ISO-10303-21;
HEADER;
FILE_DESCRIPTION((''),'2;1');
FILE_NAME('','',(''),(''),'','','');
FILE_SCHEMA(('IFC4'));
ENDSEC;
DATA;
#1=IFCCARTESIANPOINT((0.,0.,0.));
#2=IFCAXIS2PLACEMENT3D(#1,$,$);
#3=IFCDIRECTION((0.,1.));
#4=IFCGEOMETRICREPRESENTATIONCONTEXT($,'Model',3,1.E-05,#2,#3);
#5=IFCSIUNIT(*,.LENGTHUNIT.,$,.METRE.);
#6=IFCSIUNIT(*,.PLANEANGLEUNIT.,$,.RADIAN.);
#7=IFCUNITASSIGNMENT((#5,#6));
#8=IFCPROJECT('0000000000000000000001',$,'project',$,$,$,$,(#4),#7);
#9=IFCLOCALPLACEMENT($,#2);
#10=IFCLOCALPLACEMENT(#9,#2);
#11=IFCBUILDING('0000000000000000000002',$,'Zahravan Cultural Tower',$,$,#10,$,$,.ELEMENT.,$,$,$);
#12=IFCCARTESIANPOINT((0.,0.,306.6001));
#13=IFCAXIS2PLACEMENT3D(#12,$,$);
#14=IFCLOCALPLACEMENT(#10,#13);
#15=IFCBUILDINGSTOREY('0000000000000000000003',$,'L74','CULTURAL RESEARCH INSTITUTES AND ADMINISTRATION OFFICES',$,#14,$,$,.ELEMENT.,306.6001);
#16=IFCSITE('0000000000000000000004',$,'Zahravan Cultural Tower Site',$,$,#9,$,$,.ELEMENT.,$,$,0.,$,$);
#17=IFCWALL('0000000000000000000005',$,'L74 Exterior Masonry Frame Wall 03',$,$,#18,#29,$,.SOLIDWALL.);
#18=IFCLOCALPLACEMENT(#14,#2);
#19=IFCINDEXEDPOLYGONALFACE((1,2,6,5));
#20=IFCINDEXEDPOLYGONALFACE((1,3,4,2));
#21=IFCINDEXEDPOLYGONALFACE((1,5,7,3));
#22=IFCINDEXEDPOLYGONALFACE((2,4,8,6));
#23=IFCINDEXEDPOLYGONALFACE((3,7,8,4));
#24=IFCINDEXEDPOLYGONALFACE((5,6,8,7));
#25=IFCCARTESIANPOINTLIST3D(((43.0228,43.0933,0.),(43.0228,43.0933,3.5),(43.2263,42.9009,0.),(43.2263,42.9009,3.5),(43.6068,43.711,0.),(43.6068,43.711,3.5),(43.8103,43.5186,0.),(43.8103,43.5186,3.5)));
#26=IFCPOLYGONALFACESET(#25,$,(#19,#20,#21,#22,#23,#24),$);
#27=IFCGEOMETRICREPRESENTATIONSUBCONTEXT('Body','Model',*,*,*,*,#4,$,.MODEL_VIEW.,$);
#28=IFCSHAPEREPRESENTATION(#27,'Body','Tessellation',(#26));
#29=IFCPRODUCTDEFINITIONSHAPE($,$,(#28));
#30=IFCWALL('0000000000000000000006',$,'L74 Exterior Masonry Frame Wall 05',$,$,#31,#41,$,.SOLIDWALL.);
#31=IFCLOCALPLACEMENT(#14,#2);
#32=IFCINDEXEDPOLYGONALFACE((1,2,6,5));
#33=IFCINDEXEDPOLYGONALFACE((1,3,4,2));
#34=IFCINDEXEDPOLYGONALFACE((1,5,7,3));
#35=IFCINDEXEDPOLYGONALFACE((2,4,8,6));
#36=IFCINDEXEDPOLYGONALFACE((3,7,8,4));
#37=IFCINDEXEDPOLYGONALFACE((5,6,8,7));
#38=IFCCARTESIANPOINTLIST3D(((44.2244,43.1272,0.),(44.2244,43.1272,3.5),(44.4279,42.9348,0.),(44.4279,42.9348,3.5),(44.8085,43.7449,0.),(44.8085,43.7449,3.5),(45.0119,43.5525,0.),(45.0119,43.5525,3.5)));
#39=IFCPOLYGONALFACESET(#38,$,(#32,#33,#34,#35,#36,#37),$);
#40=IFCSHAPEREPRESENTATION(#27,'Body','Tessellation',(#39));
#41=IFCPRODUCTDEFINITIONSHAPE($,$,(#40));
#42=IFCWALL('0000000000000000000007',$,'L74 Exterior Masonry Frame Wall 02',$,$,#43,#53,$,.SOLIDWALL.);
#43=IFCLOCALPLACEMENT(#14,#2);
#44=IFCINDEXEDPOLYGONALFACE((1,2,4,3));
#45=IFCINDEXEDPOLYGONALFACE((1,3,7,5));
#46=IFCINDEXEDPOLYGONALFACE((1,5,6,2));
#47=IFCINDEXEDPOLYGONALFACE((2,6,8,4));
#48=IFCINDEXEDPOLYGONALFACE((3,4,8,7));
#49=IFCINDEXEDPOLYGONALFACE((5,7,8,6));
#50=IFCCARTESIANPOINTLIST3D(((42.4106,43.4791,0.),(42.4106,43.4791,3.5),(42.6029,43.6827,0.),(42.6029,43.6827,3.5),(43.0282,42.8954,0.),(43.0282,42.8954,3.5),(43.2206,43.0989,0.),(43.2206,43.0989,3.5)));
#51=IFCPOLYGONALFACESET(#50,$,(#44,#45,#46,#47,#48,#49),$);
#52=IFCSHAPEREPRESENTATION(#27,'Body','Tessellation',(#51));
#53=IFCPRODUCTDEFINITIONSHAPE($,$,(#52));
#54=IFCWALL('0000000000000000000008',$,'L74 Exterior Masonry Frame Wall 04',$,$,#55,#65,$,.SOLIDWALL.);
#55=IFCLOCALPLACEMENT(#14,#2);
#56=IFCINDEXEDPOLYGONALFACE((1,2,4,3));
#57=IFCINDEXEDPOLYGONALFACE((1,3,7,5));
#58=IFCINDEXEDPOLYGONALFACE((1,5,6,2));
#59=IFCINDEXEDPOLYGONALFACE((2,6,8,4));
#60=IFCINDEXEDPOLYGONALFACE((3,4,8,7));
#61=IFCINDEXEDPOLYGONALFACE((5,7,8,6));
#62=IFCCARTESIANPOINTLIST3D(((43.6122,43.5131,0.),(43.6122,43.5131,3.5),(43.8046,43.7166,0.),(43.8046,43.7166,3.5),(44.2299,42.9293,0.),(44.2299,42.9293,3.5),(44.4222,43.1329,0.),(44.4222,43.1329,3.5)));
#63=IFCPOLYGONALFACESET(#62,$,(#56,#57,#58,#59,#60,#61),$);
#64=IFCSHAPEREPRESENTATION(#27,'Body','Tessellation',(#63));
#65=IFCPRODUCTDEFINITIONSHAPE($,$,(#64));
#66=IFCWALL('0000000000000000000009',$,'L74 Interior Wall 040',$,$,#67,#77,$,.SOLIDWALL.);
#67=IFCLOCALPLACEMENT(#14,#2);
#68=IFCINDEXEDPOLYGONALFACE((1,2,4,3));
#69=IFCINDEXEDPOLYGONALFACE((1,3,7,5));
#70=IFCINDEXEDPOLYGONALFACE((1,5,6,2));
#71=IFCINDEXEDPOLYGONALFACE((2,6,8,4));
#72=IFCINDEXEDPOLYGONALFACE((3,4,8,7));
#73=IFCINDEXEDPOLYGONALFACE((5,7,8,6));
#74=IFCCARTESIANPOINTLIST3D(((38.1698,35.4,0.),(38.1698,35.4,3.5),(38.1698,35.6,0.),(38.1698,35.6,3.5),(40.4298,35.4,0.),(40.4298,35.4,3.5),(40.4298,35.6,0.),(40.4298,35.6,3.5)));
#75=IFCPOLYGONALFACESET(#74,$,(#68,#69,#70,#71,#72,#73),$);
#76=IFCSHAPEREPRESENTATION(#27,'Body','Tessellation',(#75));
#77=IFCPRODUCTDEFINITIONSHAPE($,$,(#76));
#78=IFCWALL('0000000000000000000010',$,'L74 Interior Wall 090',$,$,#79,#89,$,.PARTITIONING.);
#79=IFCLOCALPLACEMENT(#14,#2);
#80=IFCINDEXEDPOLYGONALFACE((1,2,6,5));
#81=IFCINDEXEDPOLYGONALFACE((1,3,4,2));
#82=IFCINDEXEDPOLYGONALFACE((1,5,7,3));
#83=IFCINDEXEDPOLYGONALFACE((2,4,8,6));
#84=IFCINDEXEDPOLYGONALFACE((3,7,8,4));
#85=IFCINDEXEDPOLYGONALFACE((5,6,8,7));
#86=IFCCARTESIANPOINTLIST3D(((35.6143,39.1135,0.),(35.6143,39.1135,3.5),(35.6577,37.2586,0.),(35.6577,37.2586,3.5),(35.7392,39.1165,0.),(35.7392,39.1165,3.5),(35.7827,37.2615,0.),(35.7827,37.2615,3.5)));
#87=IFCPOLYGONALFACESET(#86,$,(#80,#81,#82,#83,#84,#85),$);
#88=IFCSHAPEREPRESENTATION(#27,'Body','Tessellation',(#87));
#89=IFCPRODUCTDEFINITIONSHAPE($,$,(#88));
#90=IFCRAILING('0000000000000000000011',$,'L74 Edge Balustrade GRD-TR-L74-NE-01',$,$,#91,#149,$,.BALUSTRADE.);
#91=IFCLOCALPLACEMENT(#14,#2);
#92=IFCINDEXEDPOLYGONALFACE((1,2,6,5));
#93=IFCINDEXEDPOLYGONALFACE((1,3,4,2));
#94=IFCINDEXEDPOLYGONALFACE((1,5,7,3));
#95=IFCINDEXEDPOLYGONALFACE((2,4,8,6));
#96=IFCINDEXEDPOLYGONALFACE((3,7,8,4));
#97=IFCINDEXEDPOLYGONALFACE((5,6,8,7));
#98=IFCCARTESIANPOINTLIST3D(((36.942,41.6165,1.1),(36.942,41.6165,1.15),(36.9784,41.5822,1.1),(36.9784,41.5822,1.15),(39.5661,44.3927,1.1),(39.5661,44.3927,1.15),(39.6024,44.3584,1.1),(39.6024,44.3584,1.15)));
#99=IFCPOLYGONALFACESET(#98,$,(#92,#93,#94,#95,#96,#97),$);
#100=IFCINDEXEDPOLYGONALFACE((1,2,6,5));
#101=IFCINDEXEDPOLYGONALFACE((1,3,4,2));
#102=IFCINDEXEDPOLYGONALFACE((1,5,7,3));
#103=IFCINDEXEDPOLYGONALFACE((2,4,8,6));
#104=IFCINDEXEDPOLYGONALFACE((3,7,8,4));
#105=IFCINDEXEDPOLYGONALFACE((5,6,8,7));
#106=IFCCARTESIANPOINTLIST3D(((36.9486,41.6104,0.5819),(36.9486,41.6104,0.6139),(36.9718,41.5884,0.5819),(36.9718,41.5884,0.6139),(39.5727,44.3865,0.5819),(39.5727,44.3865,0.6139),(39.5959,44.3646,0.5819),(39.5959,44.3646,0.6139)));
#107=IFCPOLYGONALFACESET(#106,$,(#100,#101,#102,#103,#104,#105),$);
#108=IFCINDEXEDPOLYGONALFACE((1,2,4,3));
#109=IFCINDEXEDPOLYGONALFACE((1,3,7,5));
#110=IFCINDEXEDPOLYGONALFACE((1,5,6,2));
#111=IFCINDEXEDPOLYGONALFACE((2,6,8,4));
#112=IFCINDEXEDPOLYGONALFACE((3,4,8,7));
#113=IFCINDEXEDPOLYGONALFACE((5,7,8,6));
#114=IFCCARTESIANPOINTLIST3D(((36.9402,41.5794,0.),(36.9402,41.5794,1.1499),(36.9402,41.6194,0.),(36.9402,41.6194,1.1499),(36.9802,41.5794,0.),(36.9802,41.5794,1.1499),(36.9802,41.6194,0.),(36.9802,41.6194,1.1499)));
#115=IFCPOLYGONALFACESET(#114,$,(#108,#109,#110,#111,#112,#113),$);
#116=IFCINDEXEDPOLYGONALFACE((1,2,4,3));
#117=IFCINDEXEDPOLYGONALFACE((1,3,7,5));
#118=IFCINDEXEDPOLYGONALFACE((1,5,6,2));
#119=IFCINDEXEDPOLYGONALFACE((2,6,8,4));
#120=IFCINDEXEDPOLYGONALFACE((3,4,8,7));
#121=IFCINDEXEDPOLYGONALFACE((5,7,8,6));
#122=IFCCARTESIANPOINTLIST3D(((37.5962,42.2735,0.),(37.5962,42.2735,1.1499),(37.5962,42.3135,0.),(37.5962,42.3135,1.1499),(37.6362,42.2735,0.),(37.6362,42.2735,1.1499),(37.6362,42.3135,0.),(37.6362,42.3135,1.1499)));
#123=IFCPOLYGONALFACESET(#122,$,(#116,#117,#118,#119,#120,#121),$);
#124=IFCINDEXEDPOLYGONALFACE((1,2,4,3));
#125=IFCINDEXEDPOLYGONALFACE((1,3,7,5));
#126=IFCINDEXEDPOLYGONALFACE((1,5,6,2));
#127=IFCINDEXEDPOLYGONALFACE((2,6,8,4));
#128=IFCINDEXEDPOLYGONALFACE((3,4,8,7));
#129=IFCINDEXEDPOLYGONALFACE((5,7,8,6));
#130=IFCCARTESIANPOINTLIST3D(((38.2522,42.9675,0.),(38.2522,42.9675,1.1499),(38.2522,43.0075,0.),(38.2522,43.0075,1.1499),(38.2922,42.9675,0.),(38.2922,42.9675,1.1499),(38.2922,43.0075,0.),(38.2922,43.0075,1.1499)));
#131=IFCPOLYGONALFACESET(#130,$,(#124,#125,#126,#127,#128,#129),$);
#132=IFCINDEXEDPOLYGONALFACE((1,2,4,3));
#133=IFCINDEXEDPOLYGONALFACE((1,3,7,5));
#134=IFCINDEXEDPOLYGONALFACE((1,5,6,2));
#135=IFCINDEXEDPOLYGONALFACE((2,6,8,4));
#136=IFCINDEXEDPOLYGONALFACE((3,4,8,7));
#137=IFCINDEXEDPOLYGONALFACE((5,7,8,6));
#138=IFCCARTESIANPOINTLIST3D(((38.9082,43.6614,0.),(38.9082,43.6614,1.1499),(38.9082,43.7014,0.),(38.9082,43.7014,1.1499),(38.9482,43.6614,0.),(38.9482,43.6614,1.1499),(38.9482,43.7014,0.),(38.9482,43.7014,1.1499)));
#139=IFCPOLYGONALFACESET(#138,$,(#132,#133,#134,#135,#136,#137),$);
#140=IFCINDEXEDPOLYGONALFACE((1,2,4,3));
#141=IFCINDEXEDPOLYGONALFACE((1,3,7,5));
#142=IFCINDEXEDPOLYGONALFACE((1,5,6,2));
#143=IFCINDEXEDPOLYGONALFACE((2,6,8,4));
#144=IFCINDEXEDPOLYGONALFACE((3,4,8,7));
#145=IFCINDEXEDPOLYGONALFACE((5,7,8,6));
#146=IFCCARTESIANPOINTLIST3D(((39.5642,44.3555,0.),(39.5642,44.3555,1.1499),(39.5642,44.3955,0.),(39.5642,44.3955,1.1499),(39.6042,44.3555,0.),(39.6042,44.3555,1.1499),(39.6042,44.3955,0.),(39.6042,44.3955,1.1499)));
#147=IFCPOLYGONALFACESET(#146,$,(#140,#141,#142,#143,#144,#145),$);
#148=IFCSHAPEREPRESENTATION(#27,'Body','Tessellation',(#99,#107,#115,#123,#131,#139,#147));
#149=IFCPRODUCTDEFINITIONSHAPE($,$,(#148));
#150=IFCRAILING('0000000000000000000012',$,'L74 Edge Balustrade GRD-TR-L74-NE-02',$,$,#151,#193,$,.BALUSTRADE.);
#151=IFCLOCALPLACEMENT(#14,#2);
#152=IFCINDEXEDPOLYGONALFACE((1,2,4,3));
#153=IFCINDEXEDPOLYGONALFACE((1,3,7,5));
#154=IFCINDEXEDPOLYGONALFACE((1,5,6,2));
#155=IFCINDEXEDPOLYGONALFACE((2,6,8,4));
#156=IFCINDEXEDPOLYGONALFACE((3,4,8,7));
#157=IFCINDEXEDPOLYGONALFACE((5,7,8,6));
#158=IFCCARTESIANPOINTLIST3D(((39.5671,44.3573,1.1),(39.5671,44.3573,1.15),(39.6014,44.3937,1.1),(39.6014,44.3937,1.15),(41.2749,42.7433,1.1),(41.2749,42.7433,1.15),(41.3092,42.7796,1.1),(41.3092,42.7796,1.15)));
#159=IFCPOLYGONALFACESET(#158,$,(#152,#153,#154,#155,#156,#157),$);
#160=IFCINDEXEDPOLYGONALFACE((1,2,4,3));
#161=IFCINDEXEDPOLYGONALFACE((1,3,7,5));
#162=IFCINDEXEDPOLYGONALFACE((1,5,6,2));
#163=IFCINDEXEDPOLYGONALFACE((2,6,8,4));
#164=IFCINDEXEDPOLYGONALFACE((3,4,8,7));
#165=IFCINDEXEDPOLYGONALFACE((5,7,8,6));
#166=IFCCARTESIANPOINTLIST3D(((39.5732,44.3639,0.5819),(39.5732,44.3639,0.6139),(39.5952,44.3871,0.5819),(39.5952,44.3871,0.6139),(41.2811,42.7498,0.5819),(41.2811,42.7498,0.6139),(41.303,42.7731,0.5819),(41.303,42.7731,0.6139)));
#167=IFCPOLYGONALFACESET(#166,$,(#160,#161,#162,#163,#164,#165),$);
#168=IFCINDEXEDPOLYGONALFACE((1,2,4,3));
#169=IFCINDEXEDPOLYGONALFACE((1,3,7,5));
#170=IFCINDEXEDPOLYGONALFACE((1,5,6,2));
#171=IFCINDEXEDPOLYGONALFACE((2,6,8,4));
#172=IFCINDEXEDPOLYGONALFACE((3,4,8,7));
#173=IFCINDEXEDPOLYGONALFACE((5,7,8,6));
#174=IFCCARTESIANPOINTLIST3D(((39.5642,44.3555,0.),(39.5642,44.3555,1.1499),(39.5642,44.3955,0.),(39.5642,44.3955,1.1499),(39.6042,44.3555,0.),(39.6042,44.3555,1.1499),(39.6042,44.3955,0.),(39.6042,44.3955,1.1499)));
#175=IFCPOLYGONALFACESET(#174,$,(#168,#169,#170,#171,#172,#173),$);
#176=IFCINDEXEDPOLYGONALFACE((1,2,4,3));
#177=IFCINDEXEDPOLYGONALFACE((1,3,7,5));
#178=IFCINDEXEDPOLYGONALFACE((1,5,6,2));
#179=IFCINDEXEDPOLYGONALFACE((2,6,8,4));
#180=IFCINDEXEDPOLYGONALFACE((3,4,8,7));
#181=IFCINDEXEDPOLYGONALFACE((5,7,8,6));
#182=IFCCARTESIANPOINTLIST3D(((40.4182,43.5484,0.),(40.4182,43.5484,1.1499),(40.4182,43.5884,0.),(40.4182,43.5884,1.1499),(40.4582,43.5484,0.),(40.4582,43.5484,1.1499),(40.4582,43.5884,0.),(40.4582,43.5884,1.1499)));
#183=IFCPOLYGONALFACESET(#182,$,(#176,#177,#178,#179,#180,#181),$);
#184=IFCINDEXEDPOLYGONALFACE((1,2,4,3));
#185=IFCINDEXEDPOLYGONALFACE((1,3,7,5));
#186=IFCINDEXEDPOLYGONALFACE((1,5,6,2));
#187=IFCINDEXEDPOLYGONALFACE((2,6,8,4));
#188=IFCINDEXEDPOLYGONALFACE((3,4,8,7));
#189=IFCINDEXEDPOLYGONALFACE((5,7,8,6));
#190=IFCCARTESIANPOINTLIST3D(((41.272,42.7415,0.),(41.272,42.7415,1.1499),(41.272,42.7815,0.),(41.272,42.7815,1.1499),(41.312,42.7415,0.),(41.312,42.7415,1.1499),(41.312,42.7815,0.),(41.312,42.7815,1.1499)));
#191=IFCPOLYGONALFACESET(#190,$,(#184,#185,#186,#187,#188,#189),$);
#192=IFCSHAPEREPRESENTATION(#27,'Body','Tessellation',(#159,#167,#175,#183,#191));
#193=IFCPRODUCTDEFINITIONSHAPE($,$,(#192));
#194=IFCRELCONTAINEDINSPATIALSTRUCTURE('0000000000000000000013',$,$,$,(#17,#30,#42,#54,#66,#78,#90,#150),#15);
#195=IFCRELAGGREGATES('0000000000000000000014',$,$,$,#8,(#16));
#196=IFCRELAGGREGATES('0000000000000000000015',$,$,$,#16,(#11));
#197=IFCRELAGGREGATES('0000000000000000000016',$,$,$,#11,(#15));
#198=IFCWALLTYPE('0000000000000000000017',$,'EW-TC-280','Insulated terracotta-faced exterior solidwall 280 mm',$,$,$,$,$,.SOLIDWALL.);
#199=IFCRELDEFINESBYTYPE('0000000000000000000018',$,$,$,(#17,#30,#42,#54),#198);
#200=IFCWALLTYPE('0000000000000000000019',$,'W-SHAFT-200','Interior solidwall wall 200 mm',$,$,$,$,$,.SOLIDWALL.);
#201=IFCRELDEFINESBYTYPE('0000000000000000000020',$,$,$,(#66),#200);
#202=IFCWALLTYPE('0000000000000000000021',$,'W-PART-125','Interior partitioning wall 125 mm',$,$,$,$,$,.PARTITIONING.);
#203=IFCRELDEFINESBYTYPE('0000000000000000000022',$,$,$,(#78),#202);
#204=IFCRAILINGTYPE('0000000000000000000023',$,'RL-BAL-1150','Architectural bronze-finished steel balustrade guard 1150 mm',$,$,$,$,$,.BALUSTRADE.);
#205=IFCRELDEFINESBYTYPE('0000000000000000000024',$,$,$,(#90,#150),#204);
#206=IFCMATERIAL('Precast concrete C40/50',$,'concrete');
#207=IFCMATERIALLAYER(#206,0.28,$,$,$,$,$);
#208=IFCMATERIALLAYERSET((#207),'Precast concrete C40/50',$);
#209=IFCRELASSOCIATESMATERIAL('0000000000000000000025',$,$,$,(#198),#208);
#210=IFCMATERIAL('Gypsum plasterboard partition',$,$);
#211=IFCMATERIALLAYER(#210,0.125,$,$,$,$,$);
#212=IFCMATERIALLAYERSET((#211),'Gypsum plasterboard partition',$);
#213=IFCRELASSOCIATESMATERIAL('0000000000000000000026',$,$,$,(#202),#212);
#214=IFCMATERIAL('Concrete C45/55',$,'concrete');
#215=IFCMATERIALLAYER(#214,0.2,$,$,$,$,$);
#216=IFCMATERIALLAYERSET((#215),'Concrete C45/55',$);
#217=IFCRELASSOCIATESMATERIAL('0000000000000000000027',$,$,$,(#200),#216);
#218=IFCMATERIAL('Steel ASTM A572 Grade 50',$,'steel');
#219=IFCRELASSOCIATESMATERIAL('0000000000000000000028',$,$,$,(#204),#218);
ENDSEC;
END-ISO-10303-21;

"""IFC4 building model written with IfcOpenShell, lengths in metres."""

from ifc_helpers import new_model, si_unit, direction, frame, frame_2d, origin, origin_2d, place, context, subcontext, project, spatial, rectangle, extrude, source, transform, mapped, material, layer, layer_set, type_object, element, save


model = new_model("IFC4")

# Units and contexts
model_context = context("Model", 3, precision=1e-05, world=origin(), true_north=direction((0.0, 1.0)))
body_context = subcontext(model_context, "Body", "Model", "MODEL_VIEW")
ifc_project = project(units=[si_unit("LENGTHUNIT", "METRE"), si_unit("PLANEANGLEUNIT", "RADIAN")], contexts=[model_context])

# Site, building, storey
site_placement = place(None, origin())
site = spatial("IfcSite", under=ifc_project, at=site_placement, Name="Zahravan Cultural Tower Site", CompositionType="ELEMENT", RefElevation=0.0)
building_placement = place(site_placement, origin())
building = spatial("IfcBuilding", under=site, at=building_placement, Name="Zahravan Cultural Tower", CompositionType="ELEMENT")
storey_placement = place(building_placement, frame((0.0, 0.0, 306.6001)))
storey = spatial("IfcBuildingStorey", under=building, at=storey_placement, Name="L74", Description="CULTURAL RESEARCH INSTITUTES AND ADMINISTRATION OFFICES", CompositionType="ELEMENT", Elevation=306.6001)

# Shared definitions
ifc_material_1 = material(Name="Precast concrete C40/50", Category="concrete")
ifc_layer_1 = layer(ifc_material_1, 0.28)
ifc_layer_set_1 = layer_set([ifc_layer_1], Name="Precast concrete C40/50")
wall_type_1 = type_object("IfcWallType", Name="EW-TC-280", Description="Insulated terracotta-faced exterior solidwall 280 mm", PredefinedType="SOLIDWALL", material=ifc_layer_set_1)
ifc_material_2 = material(Name="Gypsum plasterboard partition")
ifc_layer_2 = layer(ifc_material_2, 0.125)
ifc_layer_set_2 = layer_set([ifc_layer_2], Name="Gypsum plasterboard partition")
wall_type_2 = type_object("IfcWallType", Name="W-PART-125", Description="Interior partitioning wall 125 mm", PredefinedType="PARTITIONING", material=ifc_layer_set_2)

# Walls
shared_shape_1 = source(origin(), body_context, "Body", "SweptSolid", [
    extrude(rectangle(XDim=0.8501, YDim=0.28, at=frame_2d((0.425, 0.0))), origin(), (0.0, 0.0, 1.0), 3.5),
])
for number, where, z_axis, x_axis, name in (
    (1, (43.1245, 42.9971, 0.0), (0.0, 0.0, 1.0), (0.687011, 0.726647, 0.0), "L74 Exterior Masonry Frame Wall 03"),
    (2, (44.3262, 43.031, 0.0), (0.0, 0.0, 1.0), (0.687011, 0.726647, 0.0), "L74 Exterior Masonry Frame Wall 05"),
):
    element("IfcWall", number, at=place(storey_placement, frame(where, z_axis=z_axis, x_axis=x_axis)), inside=storey, type_object=wall_type_1, Name=name, PredefinedType="SOLIDWALL", context=body_context, shape_type="MappedRepresentation", body=[
        mapped(shared_shape_1, transform((0.0, 0.0, 0.0), x_axis=(1.0, 0.0, 0.0), y_axis=(0.0, 1.0, 0.0), z_axis=(0.0, 0.0, 1.0), scale=1.0)),
    ])
shared_shape_2 = source(origin(), body_context, "Body", "SweptSolid", [
    extrude(rectangle(XDim=0.8499, YDim=0.28, at=frame_2d((0.4248, 0.0))), origin(), (0.0, 0.0, 1.0), 3.5),
])
for number, where, z_axis, x_axis, name in (
    (3, (42.5068, 43.5808, 0.0), (0.0, 0.0, 1.0), (0.72679, -0.68686, 0.0), "L74 Exterior Masonry Frame Wall 02"),
    (4, (43.7085, 43.6147, 0.0), (0.0, 0.0, 1.0), (0.72679, -0.68686, 0.0), "L74 Exterior Masonry Frame Wall 04"),
):
    element("IfcWall", number, at=place(storey_placement, frame(where, z_axis=z_axis, x_axis=x_axis)), inside=storey, type_object=wall_type_1, Name=name, PredefinedType="SOLIDWALL", context=body_context, shape_type="MappedRepresentation", body=[
        mapped(shared_shape_2, transform((0.0, 0.0, 0.0), x_axis=(1.0, 0.0, 0.0), y_axis=(0.0, 1.0, 0.0), z_axis=(0.0, 0.0, 1.0), scale=1.0)),
    ])
ifc_material_3 = material(Name="Concrete C45/55", Category="concrete")
ifc_layer_3 = layer(ifc_material_3, 0.2)
ifc_layer_set_3 = layer_set([ifc_layer_3], Name="Concrete C45/55")
wall_type_3 = type_object("IfcWallType", Name="W-SHAFT-200", Description="Interior solidwall wall 200 mm", PredefinedType="SOLIDWALL", material=ifc_layer_set_3)
shared_shape_3 = source(origin(), body_context, "Body", "SweptSolid", [
    extrude(rectangle(XDim=2.26, YDim=0.2, at=frame_2d((1.1299, 0.0))), origin(), (0.0, 0.0, 1.0), 3.5),
])
wall_1_placement = place(storey_placement, frame((38.1699, 35.5, 0.0), z_axis=(0.0, 0.0, 1.0), x_axis=(1.0, 0.0, 0.0)))
element("IfcWall", 5, at=wall_1_placement, inside=storey, type_object=wall_type_3, Name="L74 Interior Wall 040", PredefinedType="SOLIDWALL", context=body_context, shape_type="MappedRepresentation", body=[
    mapped(shared_shape_3, transform((0.0, 0.0, 0.0), x_axis=(1.0, 0.0, 0.0), y_axis=(0.0, 1.0, 0.0), z_axis=(0.0, 0.0, 1.0), scale=1.0)),
])
shared_shape_4 = source(origin(), body_context, "Body", "SweptSolid", [
    extrude(rectangle(XDim=1.8555, YDim=0.125, at=frame_2d((0.9277, 0.0))), origin(), (0.0, 0.0, 1.0), 3.5),
])
wall_2_placement = place(storey_placement, frame((35.6768, 39.115, 0.0), z_axis=(0.0, 0.0, 1.0), x_axis=(0.023421, -0.999726, 0.0)))
element("IfcWall", 6, at=wall_2_placement, inside=storey, type_object=wall_type_2, Name="L74 Interior Wall 090", PredefinedType="PARTITIONING", context=body_context, shape_type="MappedRepresentation", body=[
    mapped(shared_shape_4, transform((0.0, 0.0, 0.0), x_axis=(1.0, 0.0, 0.0), y_axis=(0.0, 1.0, 0.0), z_axis=(0.0, 0.0, 1.0), scale=1.0)),
])

# Railings
ifc_material_4 = material(Name="Steel ASTM A572 Grade 50", Category="steel")
railing_type = type_object("IfcRailingType", Name="RL-BAL-1150", Description="Architectural bronze-finished steel balustrade guard 1150 mm", PredefinedType="BALUSTRADE", material=ifc_material_4)
railing_1_placement = place(storey_placement, frame((36.9602, 41.5994, 0.0)))
element("IfcRailing", 7, at=railing_1_placement, inside=storey, type_object=railing_type, Name="L74 Edge Balustrade GRD-TR-L74-NE-01", PredefinedType="BALUSTRADE", context=body_context, shape_type="SweptSolid", body=[
    extrude(rectangle(XDim=0.05, YDim=0.05, at=origin_2d()), frame((0.0, 0.0, 1.125), z_axis=(0.686918, 0.726735, 0.0), x_axis=(-0.726735, 0.686918, 0.0)), (0.0, 0.0, 1.0), 3.8201),
    extrude(rectangle(XDim=0.032, YDim=0.032, at=origin_2d()), frame((0.0, 0.0, 0.5979), z_axis=(0.686918, 0.726735, 0.0), x_axis=(-0.726735, 0.686918, 0.0)), (0.0, 0.0, 1.0), 3.8201),
    extrude(rectangle(XDim=0.04, YDim=0.04, at=origin_2d()), origin(), (0.0, 0.0, 1.0), 1.1499),
    extrude(rectangle(XDim=0.04, YDim=0.04, at=origin_2d()), frame((0.656, 0.6941, 0.0)), (0.0, 0.0, 1.0), 1.1499),
    extrude(rectangle(XDim=0.04, YDim=0.04, at=origin_2d()), frame((1.312, 1.3882, 0.0)), (0.0, 0.0, 1.0), 1.1499),
    extrude(rectangle(XDim=0.04, YDim=0.04, at=origin_2d()), frame((1.968, 2.082, 0.0)), (0.0, 0.0, 1.0), 1.1499),
    extrude(rectangle(XDim=0.04, YDim=0.04, at=origin_2d()), frame((2.624, 2.7761, 0.0)), (0.0, 0.0, 1.0), 1.1499),
])
railing_2_placement = place(storey_placement, frame((39.5842, 44.3755, 0.0)))
element("IfcRailing", 8, at=railing_2_placement, inside=storey, type_object=railing_type, Name="L74 Edge Balustrade GRD-TR-L74-NE-02", PredefinedType="BALUSTRADE", context=body_context, shape_type="SweptSolid", body=[
    extrude(rectangle(XDim=0.05, YDim=0.05, at=origin_2d()), frame((0.0, 0.0, 1.125), z_axis=(0.726774, -0.686877, 0.0), x_axis=(0.686877, 0.726774, 0.0)), (0.0, 0.0, 1.0), 2.3499),
    extrude(rectangle(XDim=0.032, YDim=0.032, at=origin_2d()), frame((0.0, 0.0, 0.5979), z_axis=(0.726774, -0.686877, 0.0), x_axis=(0.686877, 0.726774, 0.0)), (0.0, 0.0, 1.0), 2.3499),
    extrude(rectangle(XDim=0.04, YDim=0.04, at=origin_2d()), origin(), (0.0, 0.0, 1.0), 1.1499),
    extrude(rectangle(XDim=0.04, YDim=0.04, at=origin_2d()), frame((0.854, -0.8071, 0.0)), (0.0, 0.0, 1.0), 1.1499),
    extrude(rectangle(XDim=0.04, YDim=0.04, at=origin_2d()), frame((1.7078, -1.614, 0.0)), (0.0, 0.0, 1.0), 1.1499),
])

save(model, "model.ifc")
